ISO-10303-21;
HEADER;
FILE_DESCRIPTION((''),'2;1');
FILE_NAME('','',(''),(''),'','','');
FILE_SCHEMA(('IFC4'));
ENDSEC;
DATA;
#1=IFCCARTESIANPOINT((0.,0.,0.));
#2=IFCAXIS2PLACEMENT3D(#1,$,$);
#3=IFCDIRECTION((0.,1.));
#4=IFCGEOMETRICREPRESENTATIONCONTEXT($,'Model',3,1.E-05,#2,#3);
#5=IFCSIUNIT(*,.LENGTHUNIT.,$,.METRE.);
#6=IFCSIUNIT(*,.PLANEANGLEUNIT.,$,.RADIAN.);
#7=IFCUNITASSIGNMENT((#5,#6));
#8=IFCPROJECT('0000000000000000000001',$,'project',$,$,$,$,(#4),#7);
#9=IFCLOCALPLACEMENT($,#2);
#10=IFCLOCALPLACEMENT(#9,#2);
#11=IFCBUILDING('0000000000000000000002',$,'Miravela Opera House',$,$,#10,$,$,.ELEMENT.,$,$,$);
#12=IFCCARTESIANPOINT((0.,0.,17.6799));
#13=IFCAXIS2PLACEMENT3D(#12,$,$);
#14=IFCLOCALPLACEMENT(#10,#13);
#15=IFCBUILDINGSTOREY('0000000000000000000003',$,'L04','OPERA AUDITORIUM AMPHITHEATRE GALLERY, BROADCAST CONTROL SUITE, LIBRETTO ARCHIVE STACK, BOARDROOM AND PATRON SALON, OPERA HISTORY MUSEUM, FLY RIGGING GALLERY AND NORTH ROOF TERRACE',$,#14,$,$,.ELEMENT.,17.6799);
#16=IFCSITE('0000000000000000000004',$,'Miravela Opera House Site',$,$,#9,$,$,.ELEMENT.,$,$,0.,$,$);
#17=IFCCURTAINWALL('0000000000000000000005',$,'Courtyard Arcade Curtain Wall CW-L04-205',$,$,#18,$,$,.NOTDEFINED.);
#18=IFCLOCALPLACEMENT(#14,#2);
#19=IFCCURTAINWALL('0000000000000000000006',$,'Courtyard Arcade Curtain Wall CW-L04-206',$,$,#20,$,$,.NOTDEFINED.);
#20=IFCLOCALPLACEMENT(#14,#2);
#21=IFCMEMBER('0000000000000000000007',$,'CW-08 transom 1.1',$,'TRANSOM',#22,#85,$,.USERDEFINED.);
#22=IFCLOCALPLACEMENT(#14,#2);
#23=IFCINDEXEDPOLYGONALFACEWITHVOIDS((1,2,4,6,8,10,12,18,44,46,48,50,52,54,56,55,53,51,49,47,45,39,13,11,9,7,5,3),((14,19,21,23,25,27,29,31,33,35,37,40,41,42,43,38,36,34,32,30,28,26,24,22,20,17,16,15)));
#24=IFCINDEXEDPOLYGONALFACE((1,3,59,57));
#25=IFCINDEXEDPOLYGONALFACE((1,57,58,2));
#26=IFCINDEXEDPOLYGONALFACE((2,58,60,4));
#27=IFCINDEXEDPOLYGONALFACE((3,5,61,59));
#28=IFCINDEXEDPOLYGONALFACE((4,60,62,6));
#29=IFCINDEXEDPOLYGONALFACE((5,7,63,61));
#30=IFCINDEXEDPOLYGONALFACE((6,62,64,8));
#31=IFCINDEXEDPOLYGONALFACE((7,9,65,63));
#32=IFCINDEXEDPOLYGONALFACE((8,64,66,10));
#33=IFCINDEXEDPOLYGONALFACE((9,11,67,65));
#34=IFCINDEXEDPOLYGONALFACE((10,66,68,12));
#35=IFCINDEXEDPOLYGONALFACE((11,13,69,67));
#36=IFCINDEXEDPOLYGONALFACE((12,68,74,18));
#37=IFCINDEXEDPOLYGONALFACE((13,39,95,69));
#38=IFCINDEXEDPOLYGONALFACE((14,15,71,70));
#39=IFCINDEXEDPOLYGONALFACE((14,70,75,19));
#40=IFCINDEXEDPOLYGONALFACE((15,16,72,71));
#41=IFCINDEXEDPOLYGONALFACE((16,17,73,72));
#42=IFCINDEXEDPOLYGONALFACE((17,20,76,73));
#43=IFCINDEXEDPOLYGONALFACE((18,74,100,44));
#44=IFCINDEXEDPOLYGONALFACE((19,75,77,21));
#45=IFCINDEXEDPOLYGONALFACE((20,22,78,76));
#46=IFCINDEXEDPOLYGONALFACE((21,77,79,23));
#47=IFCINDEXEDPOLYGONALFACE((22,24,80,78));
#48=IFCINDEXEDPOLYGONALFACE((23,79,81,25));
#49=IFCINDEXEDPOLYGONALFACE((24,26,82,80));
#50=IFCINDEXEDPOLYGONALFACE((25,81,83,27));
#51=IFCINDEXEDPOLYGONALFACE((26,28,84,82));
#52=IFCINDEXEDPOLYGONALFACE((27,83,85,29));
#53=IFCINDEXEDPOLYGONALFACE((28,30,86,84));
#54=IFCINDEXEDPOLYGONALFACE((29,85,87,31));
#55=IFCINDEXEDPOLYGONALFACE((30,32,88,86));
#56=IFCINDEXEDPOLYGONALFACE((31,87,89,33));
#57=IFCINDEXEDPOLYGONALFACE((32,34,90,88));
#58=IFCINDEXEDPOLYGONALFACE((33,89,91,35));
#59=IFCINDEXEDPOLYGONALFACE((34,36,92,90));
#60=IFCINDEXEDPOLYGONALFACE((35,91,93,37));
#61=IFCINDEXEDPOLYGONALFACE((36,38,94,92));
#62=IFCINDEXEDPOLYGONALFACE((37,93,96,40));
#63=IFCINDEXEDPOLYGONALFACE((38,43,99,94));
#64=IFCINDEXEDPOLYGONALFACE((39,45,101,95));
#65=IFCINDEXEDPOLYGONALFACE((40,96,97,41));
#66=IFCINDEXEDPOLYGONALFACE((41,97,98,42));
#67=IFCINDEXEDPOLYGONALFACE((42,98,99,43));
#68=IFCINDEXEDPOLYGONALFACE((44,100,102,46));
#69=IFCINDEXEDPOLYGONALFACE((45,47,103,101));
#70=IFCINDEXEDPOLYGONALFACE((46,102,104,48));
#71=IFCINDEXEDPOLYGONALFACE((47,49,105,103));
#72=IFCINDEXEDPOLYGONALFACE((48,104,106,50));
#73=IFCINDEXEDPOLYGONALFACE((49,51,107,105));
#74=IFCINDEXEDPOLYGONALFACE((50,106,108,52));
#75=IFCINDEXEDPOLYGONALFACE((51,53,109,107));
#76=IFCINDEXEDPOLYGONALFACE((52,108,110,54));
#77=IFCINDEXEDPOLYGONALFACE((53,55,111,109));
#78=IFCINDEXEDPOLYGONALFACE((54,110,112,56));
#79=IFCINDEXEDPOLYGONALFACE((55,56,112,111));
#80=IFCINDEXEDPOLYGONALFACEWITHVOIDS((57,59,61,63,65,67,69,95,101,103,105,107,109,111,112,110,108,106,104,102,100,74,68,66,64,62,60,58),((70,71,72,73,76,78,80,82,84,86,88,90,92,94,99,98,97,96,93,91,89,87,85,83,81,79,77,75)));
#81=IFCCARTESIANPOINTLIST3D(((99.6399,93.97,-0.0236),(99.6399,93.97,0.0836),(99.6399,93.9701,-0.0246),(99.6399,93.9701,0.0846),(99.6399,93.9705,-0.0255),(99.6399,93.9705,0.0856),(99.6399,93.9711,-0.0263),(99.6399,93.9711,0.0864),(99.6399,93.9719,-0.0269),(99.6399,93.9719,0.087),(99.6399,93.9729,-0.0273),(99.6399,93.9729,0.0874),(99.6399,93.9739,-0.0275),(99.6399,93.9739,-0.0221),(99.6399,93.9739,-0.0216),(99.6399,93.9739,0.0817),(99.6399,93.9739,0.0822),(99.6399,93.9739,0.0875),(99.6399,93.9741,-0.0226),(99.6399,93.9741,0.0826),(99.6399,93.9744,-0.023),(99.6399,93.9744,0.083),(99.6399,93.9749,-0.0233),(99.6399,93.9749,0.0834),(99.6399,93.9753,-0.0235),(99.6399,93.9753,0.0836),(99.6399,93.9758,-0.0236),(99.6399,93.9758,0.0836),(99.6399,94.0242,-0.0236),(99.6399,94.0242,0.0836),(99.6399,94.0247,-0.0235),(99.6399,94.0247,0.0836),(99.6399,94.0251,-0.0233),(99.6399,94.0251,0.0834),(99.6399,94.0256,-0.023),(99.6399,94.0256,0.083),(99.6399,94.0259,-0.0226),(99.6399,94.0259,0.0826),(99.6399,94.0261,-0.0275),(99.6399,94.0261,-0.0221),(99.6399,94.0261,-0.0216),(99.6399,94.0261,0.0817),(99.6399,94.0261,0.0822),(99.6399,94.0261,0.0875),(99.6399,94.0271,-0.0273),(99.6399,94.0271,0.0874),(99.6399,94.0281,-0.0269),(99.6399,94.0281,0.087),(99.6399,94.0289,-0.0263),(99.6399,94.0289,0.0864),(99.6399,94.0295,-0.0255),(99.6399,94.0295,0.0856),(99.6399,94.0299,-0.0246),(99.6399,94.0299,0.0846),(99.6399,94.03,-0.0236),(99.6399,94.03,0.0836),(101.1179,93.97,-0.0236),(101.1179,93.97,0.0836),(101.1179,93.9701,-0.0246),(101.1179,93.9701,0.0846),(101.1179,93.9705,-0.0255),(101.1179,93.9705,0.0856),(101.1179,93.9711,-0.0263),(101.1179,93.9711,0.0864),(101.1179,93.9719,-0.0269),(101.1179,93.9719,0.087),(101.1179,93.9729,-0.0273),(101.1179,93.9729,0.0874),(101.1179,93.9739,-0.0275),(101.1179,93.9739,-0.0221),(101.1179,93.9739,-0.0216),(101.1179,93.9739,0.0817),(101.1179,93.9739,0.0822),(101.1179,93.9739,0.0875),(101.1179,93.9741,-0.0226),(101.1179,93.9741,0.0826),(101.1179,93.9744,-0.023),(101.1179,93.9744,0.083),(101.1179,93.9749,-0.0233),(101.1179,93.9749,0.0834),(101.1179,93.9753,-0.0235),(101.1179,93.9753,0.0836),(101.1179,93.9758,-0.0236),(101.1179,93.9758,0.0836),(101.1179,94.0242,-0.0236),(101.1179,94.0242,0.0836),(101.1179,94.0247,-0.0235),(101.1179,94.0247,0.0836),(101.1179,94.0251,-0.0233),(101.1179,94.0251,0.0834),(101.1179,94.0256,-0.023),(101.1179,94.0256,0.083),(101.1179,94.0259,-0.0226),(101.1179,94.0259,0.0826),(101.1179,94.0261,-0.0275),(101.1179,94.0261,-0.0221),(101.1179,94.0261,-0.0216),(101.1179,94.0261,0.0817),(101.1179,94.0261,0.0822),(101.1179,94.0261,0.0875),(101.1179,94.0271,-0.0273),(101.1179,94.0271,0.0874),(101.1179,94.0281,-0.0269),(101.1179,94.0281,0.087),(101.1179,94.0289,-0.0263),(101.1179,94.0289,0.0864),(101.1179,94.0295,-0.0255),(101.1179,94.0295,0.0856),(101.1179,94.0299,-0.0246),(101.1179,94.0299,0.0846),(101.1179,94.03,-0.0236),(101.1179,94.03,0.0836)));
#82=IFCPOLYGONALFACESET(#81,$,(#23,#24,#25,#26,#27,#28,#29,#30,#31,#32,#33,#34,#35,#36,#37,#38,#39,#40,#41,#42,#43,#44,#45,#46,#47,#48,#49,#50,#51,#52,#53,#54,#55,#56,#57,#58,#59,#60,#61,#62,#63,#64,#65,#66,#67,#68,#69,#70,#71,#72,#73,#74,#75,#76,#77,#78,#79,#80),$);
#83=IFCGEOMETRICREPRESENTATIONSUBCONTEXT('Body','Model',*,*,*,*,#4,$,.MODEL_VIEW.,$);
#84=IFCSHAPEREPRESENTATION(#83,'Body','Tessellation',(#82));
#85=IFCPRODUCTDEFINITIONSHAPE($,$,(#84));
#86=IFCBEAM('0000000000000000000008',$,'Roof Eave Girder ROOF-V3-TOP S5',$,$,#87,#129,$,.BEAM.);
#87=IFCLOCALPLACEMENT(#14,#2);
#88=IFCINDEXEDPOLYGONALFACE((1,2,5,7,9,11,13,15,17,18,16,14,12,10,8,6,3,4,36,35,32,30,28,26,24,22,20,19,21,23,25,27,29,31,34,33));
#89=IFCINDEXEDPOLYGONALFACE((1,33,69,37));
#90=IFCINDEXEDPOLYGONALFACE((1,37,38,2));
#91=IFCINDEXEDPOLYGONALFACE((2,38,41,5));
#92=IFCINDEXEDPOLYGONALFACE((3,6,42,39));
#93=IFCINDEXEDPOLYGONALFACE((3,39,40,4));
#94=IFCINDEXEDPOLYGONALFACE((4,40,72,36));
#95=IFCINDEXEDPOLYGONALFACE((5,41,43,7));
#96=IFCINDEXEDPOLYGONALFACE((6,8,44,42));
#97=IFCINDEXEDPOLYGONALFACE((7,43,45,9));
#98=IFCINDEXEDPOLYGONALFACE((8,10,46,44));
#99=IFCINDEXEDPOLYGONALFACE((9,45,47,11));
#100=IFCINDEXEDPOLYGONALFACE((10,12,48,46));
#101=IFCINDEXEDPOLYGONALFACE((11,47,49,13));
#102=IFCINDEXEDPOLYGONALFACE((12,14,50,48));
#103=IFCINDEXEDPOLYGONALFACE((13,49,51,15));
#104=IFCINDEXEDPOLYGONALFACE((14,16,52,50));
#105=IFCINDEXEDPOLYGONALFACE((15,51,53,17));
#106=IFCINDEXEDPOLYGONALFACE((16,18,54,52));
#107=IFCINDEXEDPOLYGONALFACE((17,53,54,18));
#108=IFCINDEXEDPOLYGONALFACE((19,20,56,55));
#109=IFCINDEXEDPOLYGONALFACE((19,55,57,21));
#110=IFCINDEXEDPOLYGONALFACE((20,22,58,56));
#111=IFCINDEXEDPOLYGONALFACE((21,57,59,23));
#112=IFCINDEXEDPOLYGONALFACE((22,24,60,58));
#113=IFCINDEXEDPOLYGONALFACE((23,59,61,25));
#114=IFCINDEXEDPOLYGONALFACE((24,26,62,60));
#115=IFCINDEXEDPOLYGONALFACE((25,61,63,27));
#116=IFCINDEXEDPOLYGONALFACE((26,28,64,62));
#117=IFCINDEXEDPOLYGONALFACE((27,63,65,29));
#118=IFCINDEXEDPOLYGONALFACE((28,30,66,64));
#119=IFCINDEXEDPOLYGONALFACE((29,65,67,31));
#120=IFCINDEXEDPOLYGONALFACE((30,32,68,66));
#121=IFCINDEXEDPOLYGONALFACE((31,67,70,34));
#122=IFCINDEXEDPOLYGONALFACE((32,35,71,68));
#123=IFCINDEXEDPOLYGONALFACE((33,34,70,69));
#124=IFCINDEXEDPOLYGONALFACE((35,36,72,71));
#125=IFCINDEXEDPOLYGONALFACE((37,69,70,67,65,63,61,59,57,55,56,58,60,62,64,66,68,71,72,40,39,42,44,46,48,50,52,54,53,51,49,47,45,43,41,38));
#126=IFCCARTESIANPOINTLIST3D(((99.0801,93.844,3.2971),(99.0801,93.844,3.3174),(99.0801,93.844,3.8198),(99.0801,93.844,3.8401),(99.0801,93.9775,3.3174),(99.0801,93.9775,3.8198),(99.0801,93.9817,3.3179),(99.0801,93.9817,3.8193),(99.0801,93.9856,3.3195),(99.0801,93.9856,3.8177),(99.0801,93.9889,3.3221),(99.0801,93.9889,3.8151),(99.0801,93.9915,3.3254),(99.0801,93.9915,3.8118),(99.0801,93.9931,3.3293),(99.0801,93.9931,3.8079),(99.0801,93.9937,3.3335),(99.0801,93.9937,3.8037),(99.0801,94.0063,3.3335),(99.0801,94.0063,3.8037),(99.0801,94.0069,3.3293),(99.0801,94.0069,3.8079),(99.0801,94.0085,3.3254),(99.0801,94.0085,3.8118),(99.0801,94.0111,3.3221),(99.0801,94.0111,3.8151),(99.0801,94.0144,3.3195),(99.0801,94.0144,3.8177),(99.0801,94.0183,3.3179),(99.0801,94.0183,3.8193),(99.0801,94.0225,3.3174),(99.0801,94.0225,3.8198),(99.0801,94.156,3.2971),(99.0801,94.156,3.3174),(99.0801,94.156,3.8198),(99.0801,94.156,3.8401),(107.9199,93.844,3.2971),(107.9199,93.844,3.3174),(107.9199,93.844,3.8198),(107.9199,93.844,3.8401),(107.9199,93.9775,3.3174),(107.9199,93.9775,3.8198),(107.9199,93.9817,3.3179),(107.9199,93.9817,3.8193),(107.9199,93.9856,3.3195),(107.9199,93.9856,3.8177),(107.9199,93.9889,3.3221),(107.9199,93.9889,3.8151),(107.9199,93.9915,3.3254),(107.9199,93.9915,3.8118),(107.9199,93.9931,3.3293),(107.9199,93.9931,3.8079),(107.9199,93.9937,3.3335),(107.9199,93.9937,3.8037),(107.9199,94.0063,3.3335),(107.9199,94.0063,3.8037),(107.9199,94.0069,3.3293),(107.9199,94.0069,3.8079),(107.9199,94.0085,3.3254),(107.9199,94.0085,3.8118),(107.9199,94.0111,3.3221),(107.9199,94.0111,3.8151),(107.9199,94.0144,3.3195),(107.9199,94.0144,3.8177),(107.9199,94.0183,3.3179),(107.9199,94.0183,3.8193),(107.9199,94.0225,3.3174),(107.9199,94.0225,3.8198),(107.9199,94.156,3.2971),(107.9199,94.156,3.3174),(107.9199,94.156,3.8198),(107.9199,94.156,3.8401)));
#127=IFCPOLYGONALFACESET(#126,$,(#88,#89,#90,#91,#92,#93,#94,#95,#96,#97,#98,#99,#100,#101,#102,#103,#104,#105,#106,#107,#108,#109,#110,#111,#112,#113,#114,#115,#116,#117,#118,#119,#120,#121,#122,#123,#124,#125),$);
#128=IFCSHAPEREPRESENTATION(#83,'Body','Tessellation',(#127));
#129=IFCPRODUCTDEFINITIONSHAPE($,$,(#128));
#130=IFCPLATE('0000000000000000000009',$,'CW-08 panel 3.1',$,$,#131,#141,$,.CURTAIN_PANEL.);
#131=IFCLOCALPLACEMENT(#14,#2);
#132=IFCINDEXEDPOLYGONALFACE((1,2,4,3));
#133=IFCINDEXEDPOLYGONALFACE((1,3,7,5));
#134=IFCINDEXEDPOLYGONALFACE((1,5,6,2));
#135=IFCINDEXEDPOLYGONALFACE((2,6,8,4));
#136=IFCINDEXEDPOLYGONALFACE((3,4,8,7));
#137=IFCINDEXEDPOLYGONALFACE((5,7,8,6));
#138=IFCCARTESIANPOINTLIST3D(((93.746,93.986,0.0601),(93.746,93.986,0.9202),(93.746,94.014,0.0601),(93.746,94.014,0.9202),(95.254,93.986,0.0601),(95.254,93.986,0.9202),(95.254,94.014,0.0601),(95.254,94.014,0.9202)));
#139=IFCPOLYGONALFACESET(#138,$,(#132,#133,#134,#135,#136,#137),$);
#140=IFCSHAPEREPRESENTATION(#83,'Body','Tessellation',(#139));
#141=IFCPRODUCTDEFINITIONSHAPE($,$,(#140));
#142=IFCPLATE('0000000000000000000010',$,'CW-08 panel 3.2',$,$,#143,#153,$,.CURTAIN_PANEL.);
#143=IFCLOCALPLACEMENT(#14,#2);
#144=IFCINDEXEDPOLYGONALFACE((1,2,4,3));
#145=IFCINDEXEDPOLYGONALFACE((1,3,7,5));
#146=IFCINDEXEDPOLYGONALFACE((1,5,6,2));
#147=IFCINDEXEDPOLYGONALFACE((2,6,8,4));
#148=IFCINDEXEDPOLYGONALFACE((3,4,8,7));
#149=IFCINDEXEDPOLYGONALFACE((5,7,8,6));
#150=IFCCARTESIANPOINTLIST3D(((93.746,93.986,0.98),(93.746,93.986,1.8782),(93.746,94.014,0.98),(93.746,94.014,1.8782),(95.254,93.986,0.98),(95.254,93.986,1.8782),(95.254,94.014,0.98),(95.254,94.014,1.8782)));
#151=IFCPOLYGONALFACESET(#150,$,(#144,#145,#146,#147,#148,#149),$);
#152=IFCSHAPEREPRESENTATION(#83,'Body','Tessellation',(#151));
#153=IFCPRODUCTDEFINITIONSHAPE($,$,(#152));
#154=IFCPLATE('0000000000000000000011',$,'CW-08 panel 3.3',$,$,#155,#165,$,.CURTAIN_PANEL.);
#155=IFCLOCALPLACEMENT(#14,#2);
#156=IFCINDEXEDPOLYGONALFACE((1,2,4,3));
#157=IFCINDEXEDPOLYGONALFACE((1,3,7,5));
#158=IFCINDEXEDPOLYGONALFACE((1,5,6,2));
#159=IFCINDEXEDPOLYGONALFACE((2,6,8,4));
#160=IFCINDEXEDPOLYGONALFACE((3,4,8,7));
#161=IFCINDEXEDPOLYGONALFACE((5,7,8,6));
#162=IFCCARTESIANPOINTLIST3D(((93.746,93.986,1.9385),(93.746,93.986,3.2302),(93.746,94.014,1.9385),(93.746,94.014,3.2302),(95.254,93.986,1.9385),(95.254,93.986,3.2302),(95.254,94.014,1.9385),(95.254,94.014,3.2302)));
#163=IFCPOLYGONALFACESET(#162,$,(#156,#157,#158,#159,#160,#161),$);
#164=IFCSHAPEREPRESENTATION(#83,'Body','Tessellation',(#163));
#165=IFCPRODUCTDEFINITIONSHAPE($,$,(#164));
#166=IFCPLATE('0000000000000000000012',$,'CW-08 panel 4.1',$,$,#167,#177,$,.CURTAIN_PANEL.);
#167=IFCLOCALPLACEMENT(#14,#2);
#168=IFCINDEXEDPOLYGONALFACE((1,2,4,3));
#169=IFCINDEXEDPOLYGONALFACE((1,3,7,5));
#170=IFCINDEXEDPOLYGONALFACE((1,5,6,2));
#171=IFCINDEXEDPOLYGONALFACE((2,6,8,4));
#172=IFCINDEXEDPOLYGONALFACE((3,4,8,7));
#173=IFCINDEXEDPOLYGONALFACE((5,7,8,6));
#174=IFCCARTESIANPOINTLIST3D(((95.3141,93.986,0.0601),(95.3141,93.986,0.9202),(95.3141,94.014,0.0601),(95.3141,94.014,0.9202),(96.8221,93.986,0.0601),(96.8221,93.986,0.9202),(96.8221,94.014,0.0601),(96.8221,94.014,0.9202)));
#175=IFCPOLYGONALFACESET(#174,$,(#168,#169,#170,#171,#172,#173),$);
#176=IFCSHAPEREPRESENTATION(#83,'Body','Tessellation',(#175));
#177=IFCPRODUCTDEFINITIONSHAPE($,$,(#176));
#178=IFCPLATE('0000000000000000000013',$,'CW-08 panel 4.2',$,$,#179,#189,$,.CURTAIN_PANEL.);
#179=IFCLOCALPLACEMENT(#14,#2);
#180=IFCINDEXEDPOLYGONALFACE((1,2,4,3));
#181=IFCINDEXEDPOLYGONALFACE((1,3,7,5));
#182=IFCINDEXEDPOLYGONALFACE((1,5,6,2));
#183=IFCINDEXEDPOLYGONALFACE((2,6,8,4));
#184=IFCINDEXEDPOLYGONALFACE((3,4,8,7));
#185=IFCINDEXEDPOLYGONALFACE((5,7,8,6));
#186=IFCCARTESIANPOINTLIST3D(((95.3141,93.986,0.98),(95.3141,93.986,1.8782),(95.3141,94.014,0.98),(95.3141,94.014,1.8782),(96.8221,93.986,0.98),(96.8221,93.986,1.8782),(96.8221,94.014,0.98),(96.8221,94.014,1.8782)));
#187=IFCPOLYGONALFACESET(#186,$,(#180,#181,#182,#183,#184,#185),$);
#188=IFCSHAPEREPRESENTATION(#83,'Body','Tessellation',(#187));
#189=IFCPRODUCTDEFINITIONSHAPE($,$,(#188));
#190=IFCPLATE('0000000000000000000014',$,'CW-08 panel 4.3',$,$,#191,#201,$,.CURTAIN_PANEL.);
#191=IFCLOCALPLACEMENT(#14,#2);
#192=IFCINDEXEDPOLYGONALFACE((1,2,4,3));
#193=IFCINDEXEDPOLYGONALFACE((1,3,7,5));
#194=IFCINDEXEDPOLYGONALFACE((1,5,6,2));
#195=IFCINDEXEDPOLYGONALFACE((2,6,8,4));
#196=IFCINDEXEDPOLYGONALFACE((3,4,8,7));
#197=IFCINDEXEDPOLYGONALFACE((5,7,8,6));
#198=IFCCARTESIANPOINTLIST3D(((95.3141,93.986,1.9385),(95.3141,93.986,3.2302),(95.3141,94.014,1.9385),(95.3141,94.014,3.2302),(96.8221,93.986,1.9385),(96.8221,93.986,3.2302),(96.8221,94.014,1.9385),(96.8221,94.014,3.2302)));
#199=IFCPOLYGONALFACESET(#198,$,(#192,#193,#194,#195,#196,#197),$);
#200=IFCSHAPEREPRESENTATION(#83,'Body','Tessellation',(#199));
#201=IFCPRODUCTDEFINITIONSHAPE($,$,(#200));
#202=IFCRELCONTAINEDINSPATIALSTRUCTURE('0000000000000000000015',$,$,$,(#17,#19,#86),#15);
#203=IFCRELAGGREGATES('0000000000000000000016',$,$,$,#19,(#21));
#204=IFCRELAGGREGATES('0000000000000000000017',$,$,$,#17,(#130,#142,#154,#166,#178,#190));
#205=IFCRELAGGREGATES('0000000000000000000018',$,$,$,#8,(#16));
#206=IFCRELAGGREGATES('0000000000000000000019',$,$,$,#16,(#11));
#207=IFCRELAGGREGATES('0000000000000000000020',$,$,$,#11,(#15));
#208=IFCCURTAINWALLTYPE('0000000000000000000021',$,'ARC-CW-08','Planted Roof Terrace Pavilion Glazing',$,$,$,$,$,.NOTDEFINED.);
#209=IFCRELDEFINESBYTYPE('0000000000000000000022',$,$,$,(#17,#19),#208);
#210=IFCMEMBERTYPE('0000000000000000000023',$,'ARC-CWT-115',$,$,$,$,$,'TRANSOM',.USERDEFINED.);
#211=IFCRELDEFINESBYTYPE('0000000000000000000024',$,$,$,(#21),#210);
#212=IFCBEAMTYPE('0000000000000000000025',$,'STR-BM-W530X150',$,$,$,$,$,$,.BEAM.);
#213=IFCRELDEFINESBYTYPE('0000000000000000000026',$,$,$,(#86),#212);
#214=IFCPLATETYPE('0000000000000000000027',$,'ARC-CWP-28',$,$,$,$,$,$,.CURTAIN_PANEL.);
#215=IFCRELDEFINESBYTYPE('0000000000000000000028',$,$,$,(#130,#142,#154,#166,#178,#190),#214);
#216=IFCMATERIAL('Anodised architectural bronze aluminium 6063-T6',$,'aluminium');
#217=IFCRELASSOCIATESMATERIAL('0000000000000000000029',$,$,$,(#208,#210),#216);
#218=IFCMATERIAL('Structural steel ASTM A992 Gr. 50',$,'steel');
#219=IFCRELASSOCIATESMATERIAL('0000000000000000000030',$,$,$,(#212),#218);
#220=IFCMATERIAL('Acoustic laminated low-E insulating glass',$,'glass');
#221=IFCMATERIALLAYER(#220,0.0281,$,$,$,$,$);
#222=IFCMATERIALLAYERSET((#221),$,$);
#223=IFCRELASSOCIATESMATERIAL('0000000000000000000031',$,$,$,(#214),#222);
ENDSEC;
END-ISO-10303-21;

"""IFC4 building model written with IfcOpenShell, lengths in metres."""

from ifc_helpers import new_model, si_unit, direction, frame, origin, origin_2d, place, context, subcontext, project, spatial, rectangle, hollow_rectangle, i_section, extrude, material, layer, layer_set, material_profile, profile_set, type_object, element, aggregate, save


model = new_model("IFC4")

# Units and contexts
model_context = context("Model", 3, precision=1e-05, world=origin(), true_north=direction((0.0, 1.0)))
body_context = subcontext(model_context, "Body", "Model", "MODEL_VIEW")
ifc_project = project(units=[si_unit("LENGTHUNIT", "METRE"), si_unit("PLANEANGLEUNIT", "RADIAN")], contexts=[model_context])

# Site, building, storey
site_placement = place(None, origin())
site = spatial("IfcSite", under=ifc_project, at=site_placement, Name="Miravela Opera House Site", CompositionType="ELEMENT", RefElevation=0.0)
building_placement = place(site_placement, origin())
building = spatial("IfcBuilding", under=site, at=building_placement, Name="Miravela Opera House", CompositionType="ELEMENT")
storey_placement = place(building_placement, frame((0.0, 0.0, 17.6799)))
storey = spatial("IfcBuildingStorey", under=building, at=storey_placement, Name="L04", Description="OPERA AUDITORIUM AMPHITHEATRE GALLERY, BROADCAST CONTROL SUITE, LIBRETTO ARCHIVE STACK, BOARDROOM AND PATRON SALON, OPERA HISTORY MUSEUM, FLY RIGGING GALLERY AND NORTH ROOF TERRACE", CompositionType="ELEMENT", Elevation=17.6799)

# Curtain wall
ifc_material_1 = material(Name="Anodised architectural bronze aluminium 6063-T6", Category="aluminium")
curtain_wall_type = type_object("IfcCurtainWallType", Name="ARC-CW-08", Description="Planted Roof Terrace Pavilion Glazing", PredefinedType="NOTDEFINED", material=ifc_material_1)
curtain_wall_1_placement = place(storey_placement, origin())
curtain_wall_1 = element("IfcCurtainWall", 1, at=curtain_wall_1_placement, inside=storey, type_object=curtain_wall_type, Name="Courtyard Arcade Curtain Wall CW-L04-205", PredefinedType="NOTDEFINED")

# Curtain wall
curtain_wall_2_placement = place(storey_placement, origin())
curtain_wall_2 = element("IfcCurtainWall", 2, at=curtain_wall_2_placement, inside=storey, type_object=curtain_wall_type, Name="Courtyard Arcade Curtain Wall CW-L04-206", PredefinedType="NOTDEFINED")

# Member
ifc_material_profile_1 = material_profile(ifc_material_1, hollow_rectangle(XDim=0.0601, YDim=0.115, WallThickness=0.0039, InnerFilletRadius=0.002, OuterFilletRadius=0.0039, at=origin_2d()), Name="CWT-60X115")
ifc_profile_set_1 = profile_set([ifc_material_profile_1])
member_type_1 = type_object("IfcMemberType", Name="ARC-CWT-115", ElementType="TRANSOM", PredefinedType="USERDEFINED", material=ifc_profile_set_1)
member_1_placement = place(storey_placement, frame((99.6399, 94.0, 0.03), z_axis=(1.0, 0.0, 0.0), x_axis=(0.0, 1.0, 0.0)))
member_1 = element("IfcMember", 3, at=member_1_placement, type_object=member_type_1, Name="CW-08 transom 1.1", ObjectType="TRANSOM", PredefinedType="USERDEFINED", context=body_context, shape_type="SweptSolid", body=[
    extrude(hollow_rectangle(XDim=0.0601, YDim=0.115, WallThickness=0.0039, InnerFilletRadius=0.002, OuterFilletRadius=0.0039, at=origin_2d()), origin(), (0.0, 0.0, 1.0), 1.478),
])
aggregate(curtain_wall_2, [member_1])

# Beam
ifc_material_2 = material(Name="Structural steel ASTM A992 Gr. 50", Category="steel")
ifc_material_profile_2 = material_profile(ifc_material_2, i_section(OverallWidth=0.312, OverallDepth=0.543, WebThickness=0.0127, FlangeThickness=0.0203, FilletRadius=0.0161, at=origin_2d()), Name="W530X150")
ifc_profile_set_2 = profile_set([ifc_material_profile_2])
beam_type = type_object("IfcBeamType", Name="STR-BM-W530X150", PredefinedType="BEAM", material=ifc_profile_set_2)
beam_placement = place(storey_placement, frame((99.0801, 94.0, 3.5686), z_axis=(1.0, 0.0, 0.0), x_axis=(0.0, 1.0, 0.0)))
element("IfcBeam", 4, at=beam_placement, inside=storey, type_object=beam_type, Name="Roof Eave Girder ROOF-V3-TOP S5", PredefinedType="BEAM", context=body_context, shape_type="SweptSolid", body=[
    extrude(i_section(OverallWidth=0.312, OverallDepth=0.543, WebThickness=0.0127, FlangeThickness=0.0203, FilletRadius=0.0161, at=origin_2d()), origin(), (0.0, 0.0, 1.0), 8.8398),
])

# Plates
ifc_material_3 = material(Name="Acoustic laminated low-E insulating glass", Category="glass")
ifc_layer = layer(ifc_material_3, 0.0281)
ifc_layer_set = layer_set([ifc_layer])
plate_type = type_object("IfcPlateType", Name="ARC-CWP-28", PredefinedType="CURTAIN_PANEL", material=ifc_layer_set)
plate_1_placement = place(storey_placement, frame((94.5, 94.0, 0.0601), z_axis=(0.0, 0.0, 1.0), x_axis=(1.0, 0.0, 0.0)))
plate_1 = element("IfcPlate", 5, at=plate_1_placement, type_object=plate_type, Name="CW-08 panel 3.1", PredefinedType="CURTAIN_PANEL", context=body_context, shape_type="SweptSolid", body=[
    extrude(rectangle(XDim=1.5081, YDim=0.0281, at=origin_2d()), origin(), (0.0, 0.0, 1.0), 0.8601),
])
plate_2_placement = place(storey_placement, frame((94.5, 94.0, 0.98), z_axis=(0.0, 0.0, 1.0), x_axis=(1.0, 0.0, 0.0)))
plate_2 = element("IfcPlate", 6, at=plate_2_placement, type_object=plate_type, Name="CW-08 panel 3.2", PredefinedType="CURTAIN_PANEL", context=body_context, shape_type="SweptSolid", body=[
    extrude(rectangle(XDim=1.5081, YDim=0.0281, at=origin_2d()), origin(), (0.0, 0.0, 1.0), 0.8982),
])
plate_3_placement = place(storey_placement, frame((94.5, 94.0, 1.9385), z_axis=(0.0, 0.0, 1.0), x_axis=(1.0, 0.0, 0.0)))
plate_3 = element("IfcPlate", 7, at=plate_3_placement, type_object=plate_type, Name="CW-08 panel 3.3", PredefinedType="CURTAIN_PANEL", context=body_context, shape_type="SweptSolid", body=[
    extrude(rectangle(XDim=1.5081, YDim=0.0281, at=origin_2d()), origin(), (0.0, 0.0, 1.0), 1.2917),
])
plate_4_placement = place(storey_placement, frame((96.0681, 94.0, 0.0601), z_axis=(0.0, 0.0, 1.0), x_axis=(1.0, 0.0, 0.0)))
plate_4 = element("IfcPlate", 8, at=plate_4_placement, type_object=plate_type, Name="CW-08 panel 4.1", PredefinedType="CURTAIN_PANEL", context=body_context, shape_type="SweptSolid", body=[
    extrude(rectangle(XDim=1.5081, YDim=0.0281, at=origin_2d()), origin(), (0.0, 0.0, 1.0), 0.8601),
])
plate_5_placement = place(storey_placement, frame((96.0681, 94.0, 0.98), z_axis=(0.0, 0.0, 1.0), x_axis=(1.0, 0.0, 0.0)))
plate_5 = element("IfcPlate", 9, at=plate_5_placement, type_object=plate_type, Name="CW-08 panel 4.2", PredefinedType="CURTAIN_PANEL", context=body_context, shape_type="SweptSolid", body=[
    extrude(rectangle(XDim=1.5081, YDim=0.0281, at=origin_2d()), origin(), (0.0, 0.0, 1.0), 0.8982),
])
plate_6_placement = place(storey_placement, frame((96.0681, 94.0, 1.9385), z_axis=(0.0, 0.0, 1.0), x_axis=(1.0, 0.0, 0.0)))
plate_6 = element("IfcPlate", 10, at=plate_6_placement, type_object=plate_type, Name="CW-08 panel 4.3", PredefinedType="CURTAIN_PANEL", context=body_context, shape_type="SweptSolid", body=[
    extrude(rectangle(XDim=1.5081, YDim=0.0281, at=origin_2d()), origin(), (0.0, 0.0, 1.0), 1.2917),
])
aggregate(curtain_wall_1, [plate_1, plate_2, plate_3, plate_4, plate_5, plate_6])

save(model, "model.ifc")
